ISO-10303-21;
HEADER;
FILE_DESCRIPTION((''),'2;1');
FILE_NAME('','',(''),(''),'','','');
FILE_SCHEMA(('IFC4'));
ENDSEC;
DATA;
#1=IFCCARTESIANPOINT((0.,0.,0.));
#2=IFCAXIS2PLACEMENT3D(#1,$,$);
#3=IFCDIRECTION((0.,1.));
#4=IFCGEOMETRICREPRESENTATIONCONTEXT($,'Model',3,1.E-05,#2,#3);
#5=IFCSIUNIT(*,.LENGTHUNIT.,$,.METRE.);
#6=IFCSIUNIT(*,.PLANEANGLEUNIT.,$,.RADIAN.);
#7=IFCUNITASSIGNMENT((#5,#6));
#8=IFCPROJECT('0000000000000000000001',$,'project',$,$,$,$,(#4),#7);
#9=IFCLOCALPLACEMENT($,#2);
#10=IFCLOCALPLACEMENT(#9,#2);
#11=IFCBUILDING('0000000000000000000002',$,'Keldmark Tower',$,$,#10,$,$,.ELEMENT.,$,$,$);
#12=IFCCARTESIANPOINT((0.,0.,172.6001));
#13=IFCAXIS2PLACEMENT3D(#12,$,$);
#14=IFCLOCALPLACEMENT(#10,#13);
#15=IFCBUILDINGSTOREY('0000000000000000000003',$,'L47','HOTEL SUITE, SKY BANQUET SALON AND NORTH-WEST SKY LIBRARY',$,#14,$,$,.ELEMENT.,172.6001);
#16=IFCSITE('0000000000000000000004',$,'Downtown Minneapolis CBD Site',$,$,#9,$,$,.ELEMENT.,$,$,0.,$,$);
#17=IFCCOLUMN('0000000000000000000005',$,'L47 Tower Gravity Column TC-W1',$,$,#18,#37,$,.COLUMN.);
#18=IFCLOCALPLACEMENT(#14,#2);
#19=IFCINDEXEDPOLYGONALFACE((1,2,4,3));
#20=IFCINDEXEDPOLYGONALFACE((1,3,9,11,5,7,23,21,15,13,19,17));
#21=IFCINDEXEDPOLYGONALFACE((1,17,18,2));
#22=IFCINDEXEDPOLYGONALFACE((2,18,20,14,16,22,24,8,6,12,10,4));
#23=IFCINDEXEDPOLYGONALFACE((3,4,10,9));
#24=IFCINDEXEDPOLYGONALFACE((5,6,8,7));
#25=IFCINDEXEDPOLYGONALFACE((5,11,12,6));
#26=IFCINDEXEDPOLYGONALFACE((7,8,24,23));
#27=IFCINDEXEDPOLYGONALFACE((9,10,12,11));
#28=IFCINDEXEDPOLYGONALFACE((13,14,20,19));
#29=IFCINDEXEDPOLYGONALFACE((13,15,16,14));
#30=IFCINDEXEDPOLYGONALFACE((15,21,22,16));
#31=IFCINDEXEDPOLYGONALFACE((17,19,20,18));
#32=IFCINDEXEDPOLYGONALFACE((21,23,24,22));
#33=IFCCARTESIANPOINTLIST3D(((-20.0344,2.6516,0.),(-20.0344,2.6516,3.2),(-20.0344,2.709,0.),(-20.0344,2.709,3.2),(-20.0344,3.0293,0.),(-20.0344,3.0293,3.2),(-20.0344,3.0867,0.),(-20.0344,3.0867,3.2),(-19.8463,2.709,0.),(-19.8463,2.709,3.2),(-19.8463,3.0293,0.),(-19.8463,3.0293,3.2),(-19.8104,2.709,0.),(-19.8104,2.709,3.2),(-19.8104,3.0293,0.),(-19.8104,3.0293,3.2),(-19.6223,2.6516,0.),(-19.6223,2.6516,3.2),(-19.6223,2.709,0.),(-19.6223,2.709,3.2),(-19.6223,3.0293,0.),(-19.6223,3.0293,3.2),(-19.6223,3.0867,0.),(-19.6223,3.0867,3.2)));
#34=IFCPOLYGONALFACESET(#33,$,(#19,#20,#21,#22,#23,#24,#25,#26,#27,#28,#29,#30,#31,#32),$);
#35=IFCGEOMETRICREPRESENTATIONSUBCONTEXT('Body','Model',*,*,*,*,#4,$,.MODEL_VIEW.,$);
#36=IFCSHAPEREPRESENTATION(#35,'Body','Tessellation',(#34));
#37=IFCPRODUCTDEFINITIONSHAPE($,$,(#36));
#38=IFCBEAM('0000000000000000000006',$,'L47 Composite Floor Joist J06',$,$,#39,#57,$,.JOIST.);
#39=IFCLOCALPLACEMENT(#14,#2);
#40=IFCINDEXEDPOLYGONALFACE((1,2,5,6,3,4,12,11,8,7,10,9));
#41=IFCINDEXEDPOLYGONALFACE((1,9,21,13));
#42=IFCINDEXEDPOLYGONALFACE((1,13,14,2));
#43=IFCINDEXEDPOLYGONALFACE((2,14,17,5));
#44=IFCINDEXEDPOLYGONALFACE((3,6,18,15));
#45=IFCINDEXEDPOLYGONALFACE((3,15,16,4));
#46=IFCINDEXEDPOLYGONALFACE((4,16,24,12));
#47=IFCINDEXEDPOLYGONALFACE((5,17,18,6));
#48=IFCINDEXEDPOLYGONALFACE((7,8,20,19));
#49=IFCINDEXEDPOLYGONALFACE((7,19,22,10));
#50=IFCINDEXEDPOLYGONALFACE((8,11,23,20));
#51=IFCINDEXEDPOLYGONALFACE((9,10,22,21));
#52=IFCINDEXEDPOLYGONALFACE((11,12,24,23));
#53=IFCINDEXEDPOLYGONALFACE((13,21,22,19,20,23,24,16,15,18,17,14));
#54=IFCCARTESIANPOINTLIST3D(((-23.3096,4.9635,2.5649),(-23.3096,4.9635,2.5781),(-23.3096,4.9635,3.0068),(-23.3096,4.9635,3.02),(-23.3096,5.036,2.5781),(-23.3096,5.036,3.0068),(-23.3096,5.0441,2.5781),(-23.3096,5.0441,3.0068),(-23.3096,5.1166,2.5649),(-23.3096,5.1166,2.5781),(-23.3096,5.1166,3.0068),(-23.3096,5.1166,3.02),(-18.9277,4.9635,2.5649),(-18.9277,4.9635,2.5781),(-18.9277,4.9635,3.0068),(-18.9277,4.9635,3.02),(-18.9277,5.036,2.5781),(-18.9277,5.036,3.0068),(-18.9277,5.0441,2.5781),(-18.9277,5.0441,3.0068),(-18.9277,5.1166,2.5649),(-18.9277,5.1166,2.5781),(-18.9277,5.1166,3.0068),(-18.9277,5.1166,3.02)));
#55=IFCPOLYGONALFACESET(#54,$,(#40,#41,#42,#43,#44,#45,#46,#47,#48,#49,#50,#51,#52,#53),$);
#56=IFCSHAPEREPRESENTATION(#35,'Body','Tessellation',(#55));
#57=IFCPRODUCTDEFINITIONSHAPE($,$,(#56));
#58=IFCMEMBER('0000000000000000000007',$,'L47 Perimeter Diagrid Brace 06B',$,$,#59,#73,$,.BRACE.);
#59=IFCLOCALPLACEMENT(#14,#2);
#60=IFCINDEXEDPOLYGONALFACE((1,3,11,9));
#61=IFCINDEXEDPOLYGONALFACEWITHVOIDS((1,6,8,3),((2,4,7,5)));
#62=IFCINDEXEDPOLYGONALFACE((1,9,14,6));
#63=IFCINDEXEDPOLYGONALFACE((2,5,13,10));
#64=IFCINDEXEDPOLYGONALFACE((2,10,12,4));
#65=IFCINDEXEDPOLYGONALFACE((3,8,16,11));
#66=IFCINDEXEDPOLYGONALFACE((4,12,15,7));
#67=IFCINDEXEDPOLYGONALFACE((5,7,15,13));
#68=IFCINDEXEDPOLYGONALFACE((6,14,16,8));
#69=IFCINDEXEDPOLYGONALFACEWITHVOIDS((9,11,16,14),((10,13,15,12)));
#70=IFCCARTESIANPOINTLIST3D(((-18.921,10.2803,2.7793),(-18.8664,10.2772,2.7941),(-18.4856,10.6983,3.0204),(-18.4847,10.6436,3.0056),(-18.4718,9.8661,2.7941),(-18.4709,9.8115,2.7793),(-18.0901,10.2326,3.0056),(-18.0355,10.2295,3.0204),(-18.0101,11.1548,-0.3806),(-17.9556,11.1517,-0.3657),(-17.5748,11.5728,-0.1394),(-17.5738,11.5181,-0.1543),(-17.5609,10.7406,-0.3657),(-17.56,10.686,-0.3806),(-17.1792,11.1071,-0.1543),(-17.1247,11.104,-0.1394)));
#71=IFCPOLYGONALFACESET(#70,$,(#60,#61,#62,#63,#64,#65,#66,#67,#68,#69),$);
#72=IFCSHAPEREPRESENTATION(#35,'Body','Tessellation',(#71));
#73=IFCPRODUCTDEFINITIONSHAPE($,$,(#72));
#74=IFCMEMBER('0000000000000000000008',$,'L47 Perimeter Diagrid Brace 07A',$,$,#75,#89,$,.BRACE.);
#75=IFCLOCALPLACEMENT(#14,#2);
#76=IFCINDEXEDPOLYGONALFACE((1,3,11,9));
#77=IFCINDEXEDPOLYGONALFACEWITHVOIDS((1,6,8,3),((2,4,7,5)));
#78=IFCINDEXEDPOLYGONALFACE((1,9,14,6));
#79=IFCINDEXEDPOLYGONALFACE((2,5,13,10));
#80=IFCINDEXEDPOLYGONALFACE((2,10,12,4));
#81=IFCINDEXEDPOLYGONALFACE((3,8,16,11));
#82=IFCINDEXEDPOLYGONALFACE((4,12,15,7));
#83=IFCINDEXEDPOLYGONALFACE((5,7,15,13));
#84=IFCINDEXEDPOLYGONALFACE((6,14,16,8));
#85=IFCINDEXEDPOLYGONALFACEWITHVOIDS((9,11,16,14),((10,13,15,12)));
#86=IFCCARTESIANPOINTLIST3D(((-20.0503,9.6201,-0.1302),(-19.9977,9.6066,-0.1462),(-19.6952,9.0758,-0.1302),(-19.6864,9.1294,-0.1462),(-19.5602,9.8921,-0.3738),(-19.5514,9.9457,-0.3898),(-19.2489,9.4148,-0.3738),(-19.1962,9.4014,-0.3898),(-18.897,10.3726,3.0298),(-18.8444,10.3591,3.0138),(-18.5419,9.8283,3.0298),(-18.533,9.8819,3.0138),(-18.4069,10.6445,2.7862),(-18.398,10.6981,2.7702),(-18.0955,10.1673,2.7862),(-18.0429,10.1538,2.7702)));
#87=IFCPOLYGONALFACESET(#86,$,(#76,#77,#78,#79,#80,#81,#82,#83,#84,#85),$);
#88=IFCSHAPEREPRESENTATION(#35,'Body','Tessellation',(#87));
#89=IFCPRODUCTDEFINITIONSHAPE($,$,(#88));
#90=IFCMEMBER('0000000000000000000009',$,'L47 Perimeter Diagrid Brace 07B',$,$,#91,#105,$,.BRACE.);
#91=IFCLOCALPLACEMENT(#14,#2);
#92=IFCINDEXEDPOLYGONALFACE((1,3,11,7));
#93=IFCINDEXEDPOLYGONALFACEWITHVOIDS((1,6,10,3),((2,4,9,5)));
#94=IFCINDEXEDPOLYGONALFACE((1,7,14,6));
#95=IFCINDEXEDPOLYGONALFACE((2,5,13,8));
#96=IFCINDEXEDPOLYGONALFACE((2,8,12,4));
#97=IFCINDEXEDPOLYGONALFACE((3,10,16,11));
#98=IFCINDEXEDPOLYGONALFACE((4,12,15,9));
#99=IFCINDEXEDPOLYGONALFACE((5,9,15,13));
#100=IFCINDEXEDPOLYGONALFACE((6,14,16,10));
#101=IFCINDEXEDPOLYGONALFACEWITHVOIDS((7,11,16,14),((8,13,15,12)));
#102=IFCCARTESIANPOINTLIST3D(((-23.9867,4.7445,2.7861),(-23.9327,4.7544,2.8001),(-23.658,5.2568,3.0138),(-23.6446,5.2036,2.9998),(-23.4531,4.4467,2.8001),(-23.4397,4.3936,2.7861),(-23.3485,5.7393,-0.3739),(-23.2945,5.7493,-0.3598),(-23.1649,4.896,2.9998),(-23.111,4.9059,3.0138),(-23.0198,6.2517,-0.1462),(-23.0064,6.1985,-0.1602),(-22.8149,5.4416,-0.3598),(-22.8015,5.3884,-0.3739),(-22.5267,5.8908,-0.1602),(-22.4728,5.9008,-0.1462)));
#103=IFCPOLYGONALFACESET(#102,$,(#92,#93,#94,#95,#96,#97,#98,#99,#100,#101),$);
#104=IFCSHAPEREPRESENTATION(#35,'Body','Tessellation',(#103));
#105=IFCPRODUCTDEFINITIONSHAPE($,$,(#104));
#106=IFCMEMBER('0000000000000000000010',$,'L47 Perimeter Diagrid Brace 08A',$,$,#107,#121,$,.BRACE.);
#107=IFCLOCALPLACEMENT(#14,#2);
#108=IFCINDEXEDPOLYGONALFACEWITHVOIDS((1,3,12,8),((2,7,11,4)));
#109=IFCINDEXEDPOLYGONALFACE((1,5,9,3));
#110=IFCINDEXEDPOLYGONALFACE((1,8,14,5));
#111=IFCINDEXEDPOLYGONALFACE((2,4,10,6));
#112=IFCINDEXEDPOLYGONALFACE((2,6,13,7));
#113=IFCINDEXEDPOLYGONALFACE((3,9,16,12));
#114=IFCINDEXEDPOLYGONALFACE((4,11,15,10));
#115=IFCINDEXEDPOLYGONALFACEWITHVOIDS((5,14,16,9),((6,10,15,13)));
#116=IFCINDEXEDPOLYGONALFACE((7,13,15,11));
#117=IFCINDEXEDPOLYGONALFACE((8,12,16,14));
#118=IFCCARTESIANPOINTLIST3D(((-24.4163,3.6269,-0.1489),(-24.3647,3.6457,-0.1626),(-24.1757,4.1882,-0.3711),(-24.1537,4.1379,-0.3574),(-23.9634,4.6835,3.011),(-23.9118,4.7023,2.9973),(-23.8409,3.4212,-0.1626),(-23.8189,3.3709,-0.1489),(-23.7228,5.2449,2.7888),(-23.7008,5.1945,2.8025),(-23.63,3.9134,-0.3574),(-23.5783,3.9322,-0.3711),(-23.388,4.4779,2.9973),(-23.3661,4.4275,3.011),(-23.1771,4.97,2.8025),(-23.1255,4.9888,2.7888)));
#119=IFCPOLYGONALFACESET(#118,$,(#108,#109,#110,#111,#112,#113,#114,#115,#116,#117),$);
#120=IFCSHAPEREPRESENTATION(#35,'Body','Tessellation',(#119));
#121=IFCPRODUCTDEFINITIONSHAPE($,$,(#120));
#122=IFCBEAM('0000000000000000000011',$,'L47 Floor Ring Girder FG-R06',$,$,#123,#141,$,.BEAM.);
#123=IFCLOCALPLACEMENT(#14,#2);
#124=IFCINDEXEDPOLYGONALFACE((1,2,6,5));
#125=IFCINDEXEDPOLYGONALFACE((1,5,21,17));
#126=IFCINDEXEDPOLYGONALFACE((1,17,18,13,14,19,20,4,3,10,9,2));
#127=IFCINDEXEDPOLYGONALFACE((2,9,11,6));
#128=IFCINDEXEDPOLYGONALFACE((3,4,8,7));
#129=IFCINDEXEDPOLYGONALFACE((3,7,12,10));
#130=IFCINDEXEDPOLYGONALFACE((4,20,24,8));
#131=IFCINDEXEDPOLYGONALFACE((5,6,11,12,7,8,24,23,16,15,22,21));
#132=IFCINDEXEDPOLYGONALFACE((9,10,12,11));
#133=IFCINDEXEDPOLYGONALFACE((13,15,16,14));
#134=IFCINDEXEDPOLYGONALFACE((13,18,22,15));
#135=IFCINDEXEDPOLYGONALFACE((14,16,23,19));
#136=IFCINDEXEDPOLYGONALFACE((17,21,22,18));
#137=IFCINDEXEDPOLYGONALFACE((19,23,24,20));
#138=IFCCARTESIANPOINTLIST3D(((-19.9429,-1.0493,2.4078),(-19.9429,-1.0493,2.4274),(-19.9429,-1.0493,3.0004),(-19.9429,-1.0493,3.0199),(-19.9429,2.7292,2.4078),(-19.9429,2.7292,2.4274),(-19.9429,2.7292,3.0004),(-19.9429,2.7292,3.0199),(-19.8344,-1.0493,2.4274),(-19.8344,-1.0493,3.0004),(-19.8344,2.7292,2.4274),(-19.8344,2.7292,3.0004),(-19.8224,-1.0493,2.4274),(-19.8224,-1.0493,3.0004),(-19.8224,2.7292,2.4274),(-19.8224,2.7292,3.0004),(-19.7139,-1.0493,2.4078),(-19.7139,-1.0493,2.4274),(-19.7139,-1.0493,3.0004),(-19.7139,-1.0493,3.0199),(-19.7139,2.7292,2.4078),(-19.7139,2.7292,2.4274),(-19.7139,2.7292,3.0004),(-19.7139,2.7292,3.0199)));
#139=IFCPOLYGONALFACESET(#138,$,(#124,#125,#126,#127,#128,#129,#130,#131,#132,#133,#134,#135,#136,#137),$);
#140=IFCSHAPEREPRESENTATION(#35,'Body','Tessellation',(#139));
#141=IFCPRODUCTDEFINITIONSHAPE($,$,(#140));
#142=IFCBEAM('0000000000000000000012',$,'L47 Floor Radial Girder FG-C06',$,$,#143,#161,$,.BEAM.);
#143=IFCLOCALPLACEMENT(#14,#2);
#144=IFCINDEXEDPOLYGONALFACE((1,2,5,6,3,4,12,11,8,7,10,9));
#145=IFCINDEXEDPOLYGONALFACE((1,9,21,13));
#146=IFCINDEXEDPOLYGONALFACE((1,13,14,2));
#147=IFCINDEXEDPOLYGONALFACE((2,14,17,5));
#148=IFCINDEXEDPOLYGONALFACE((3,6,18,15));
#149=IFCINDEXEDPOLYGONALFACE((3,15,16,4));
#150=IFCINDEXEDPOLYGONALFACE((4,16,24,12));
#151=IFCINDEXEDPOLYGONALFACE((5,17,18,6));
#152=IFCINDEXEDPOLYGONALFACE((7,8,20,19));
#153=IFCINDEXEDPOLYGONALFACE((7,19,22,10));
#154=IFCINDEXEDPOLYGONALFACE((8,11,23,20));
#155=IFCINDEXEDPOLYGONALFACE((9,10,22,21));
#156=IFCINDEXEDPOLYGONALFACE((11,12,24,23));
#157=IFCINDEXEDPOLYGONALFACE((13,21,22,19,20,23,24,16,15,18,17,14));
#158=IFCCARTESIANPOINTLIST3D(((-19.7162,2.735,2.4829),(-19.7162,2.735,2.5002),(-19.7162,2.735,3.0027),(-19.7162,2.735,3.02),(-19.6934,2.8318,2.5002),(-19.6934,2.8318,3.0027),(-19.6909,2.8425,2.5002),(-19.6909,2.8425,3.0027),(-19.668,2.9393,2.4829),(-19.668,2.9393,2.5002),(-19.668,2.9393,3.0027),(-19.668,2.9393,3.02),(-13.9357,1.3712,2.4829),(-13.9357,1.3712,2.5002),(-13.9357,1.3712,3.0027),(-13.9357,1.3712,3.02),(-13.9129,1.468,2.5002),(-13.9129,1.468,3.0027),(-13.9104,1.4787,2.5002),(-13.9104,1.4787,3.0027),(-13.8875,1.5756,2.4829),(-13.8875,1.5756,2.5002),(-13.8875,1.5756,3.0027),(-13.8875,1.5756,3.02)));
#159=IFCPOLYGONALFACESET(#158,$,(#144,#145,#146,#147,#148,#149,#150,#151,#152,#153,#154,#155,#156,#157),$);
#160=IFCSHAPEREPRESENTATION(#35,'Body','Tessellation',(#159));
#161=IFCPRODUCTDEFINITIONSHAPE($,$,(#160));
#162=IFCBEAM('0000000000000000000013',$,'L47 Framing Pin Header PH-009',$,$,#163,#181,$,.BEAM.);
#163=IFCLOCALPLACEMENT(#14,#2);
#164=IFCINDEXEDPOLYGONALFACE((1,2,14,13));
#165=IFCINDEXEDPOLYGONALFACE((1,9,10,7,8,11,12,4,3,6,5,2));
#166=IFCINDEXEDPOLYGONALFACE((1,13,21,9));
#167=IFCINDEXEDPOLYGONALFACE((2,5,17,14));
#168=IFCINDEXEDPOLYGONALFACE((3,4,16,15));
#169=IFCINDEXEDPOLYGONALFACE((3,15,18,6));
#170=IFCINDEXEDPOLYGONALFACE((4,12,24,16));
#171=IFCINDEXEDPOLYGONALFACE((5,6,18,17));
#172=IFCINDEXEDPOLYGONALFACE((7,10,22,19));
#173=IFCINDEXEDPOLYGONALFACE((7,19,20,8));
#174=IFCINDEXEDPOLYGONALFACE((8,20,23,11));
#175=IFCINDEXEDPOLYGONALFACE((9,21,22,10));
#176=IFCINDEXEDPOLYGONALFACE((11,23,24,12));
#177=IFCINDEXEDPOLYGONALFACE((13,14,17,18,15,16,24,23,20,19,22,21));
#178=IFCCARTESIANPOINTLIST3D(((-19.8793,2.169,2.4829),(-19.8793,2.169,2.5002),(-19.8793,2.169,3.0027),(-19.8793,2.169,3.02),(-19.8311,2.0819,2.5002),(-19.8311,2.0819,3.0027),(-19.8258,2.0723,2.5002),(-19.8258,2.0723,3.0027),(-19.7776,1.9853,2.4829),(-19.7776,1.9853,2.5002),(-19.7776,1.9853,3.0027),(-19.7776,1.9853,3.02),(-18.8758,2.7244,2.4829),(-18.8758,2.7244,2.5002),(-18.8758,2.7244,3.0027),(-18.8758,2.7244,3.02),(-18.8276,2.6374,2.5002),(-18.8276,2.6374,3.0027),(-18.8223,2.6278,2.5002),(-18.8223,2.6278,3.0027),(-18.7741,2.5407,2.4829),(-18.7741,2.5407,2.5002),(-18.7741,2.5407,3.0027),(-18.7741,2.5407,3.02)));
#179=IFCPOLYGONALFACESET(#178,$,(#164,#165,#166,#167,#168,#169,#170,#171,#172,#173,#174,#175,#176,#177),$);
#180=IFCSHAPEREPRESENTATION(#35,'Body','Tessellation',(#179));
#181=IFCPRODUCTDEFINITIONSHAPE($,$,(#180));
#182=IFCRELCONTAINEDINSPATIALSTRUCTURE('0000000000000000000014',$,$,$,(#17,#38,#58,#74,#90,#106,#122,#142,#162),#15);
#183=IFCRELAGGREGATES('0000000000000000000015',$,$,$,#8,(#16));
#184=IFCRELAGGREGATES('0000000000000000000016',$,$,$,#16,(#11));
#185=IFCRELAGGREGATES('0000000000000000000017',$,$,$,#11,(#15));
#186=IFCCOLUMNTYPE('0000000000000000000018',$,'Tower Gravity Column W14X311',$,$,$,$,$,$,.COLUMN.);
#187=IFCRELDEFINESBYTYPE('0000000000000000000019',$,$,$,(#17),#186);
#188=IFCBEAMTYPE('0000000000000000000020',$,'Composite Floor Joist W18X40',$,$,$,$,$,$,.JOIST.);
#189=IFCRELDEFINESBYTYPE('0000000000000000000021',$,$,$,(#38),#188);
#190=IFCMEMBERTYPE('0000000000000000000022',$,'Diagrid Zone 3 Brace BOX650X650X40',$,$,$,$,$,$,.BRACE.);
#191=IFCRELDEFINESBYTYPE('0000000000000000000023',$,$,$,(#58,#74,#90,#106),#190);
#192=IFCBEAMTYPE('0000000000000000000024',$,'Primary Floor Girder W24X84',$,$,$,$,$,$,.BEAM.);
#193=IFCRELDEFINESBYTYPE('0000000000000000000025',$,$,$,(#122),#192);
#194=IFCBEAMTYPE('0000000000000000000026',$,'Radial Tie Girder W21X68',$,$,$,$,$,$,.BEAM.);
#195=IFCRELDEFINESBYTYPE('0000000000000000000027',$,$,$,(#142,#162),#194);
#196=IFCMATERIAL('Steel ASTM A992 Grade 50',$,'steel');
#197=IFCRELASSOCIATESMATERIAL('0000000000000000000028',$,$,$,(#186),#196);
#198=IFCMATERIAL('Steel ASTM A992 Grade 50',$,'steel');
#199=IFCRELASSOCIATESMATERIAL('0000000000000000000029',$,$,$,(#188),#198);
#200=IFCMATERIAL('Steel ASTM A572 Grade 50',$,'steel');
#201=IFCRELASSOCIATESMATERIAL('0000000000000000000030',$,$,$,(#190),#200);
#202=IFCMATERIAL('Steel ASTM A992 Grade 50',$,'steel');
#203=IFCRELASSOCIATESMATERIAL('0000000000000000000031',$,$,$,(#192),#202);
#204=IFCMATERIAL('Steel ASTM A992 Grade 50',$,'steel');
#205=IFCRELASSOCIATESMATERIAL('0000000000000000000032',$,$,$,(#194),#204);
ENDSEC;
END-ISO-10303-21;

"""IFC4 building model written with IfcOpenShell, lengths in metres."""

from ifc_helpers import new_model, si_unit, direction, frame, origin, origin_2d, place, context, subcontext, project, spatial, hollow_rectangle, i_section, extrude, material, material_profile, profile_set, type_object, element, save


model = new_model("IFC4")

# Units and contexts
model_context = context("Model", 3, precision=1e-05, world=origin(), true_north=direction((0.0, 1.0)))
body_context = subcontext(model_context, "Body", "Model", "MODEL_VIEW")
ifc_project = project(units=[si_unit("LENGTHUNIT", "METRE"), si_unit("PLANEANGLEUNIT", "RADIAN")], contexts=[model_context])

# Site, building, storey
site_placement = place(None, origin())
site = spatial("IfcSite", under=ifc_project, at=site_placement, Name="Downtown Minneapolis CBD Site", CompositionType="ELEMENT", RefElevation=0.0)
building_placement = place(site_placement, origin())
building = spatial("IfcBuilding", under=site, at=building_placement, Name="Keldmark Tower", CompositionType="ELEMENT")
storey_placement = place(building_placement, frame((0.0, 0.0, 172.6001)))
storey = spatial("IfcBuildingStorey", under=building, at=storey_placement, Name="L47", Description="HOTEL SUITE, SKY BANQUET SALON AND NORTH-WEST SKY LIBRARY", CompositionType="ELEMENT", Elevation=172.6001)

# Column
ifc_material_1 = material(Name="Steel ASTM A992 Grade 50", Category="steel")
ifc_material_profile_1 = material_profile(ifc_material_1, i_section(OverallWidth=0.4121, OverallDepth=0.4351, WebThickness=0.0359, FlangeThickness=0.0574, at=origin_2d()), Name="W14X311")
ifc_profile_set_1 = profile_set([ifc_material_profile_1], Name="Steel ASTM A992 Grade 50")
column_type = type_object("IfcColumnType", Name="Tower Gravity Column W14X311", PredefinedType="COLUMN", material=ifc_profile_set_1)
column_placement = place(storey_placement, frame((-19.8284, 2.8691, 0.0), z_axis=(0.0, 0.0, 1.0), x_axis=(1.0, 0.0, 0.0)))
element("IfcColumn", 1, at=column_placement, inside=storey, type_object=column_type, Name="L47 Tower Gravity Column TC-W1", PredefinedType="COLUMN", context=body_context, shape_type="SweptSolid", body=[
    extrude(i_section(OverallWidth=0.4121, OverallDepth=0.4351, WebThickness=0.0359, FlangeThickness=0.0574, at=origin_2d()), origin(), (0.0, 0.0, 1.0), 3.2),
])

# Beam
ifc_material_2 = material(Name="Steel ASTM A992 Grade 50", Category="steel")
ifc_material_profile_2 = material_profile(ifc_material_2, i_section(OverallWidth=0.1531, OverallDepth=0.4551, WebThickness=0.0081, FlangeThickness=0.0132, at=origin_2d()), Name="W18X40")
ifc_profile_set_2 = profile_set([ifc_material_profile_2], Name="Steel ASTM A992 Grade 50")
beam_type_1 = type_object("IfcBeamType", Name="Composite Floor Joist W18X40", PredefinedType="JOIST", material=ifc_profile_set_2)
beam_1_placement = place(storey_placement, frame((-23.3096, 5.04, 2.7925), z_axis=(1.0, 0.0, 0.0), x_axis=(0.0, 1.0, 0.0)))
element("IfcBeam", 2, at=beam_1_placement, inside=storey, type_object=beam_type_1, Name="L47 Composite Floor Joist J06", PredefinedType="JOIST", context=body_context, shape_type="SweptSolid", body=[
    extrude(i_section(OverallWidth=0.1531, OverallDepth=0.4551, WebThickness=0.0081, FlangeThickness=0.0132, at=origin_2d()), origin(), (0.0, 0.0, 1.0), 4.3818),
])

# Members
ifc_material_3 = material(Name="Steel ASTM A572 Grade 50", Category="steel")
ifc_material_profile_3 = material_profile(ifc_material_3, hollow_rectangle(XDim=0.6499, YDim=0.6499, WallThickness=0.04, at=origin_2d()), Name="BOX650X650X40")
ifc_profile_set_3 = profile_set([ifc_material_profile_3], Name="Steel ASTM A572 Grade 50")
member_type = type_object("IfcMemberType", Name="Diagrid Zone 3 Brace BOX650X650X40", PredefinedType="BRACE", material=ifc_profile_set_3)
member_1_placement = place(storey_placement, frame((-17.5674, 11.1294, -0.26), z_axis=(-0.267682, -0.256992, 0.928602), x_axis=(0.692556, -0.721364, 0.0)))
element("IfcMember", 3, at=member_1_placement, inside=storey, type_object=member_type, Name="L47 Perimeter Diagrid Brace 06B", PredefinedType="BRACE", context=body_context, shape_type="SweptSolid", body=[
    extrude(hollow_rectangle(XDim=0.6499, YDim=0.6499, WallThickness=0.04, at=origin_2d()), origin(), (0.0, 0.0, 1.0), 3.4028),
])
member_2_placement = place(storey_placement, frame((-19.6233, 9.5107, -0.26), z_axis=(0.334593, 0.218293, 0.916731), x_axis=(-0.546408, 0.837519, 0.0)))
element("IfcMember", 4, at=member_2_placement, inside=storey, type_object=member_type, Name="L47 Perimeter Diagrid Brace 07A", PredefinedType="BRACE", context=body_context, shape_type="SweptSolid", body=[
    extrude(hollow_rectangle(XDim=0.6499, YDim=0.6499, WallThickness=0.04, at=origin_2d()), origin(), (0.0, 0.0, 1.0), 3.447),
])
member_3_placement = place(storey_placement, frame((-22.9106, 5.8201, -0.26), z_axis=(-0.189162, -0.294888, 0.936621), x_axis=(0.841708, -0.539933, 0.0)))
element("IfcMember", 5, at=member_3_placement, inside=storey, type_object=member_type, Name="L47 Perimeter Diagrid Brace 07B", PredefinedType="BRACE", context=body_context, shape_type="SweptSolid", body=[
    extrude(hollow_rectangle(XDim=0.6499, YDim=0.6499, WallThickness=0.04, at=origin_2d()), origin(), (0.0, 0.0, 1.0), 3.3738),
])
member_4_placement = place(storey_placement, frame((-23.9973, 3.7795, -0.26), z_axis=(0.134684, 0.314239, 0.939741), x_axis=(-0.919134, 0.393945, 0.0)))
element("IfcMember", 6, at=member_4_placement, inside=storey, type_object=member_type, Name="L47 Perimeter Diagrid Brace 08A", PredefinedType="BRACE", context=body_context, shape_type="SweptSolid", body=[
    extrude(hollow_rectangle(XDim=0.6499, YDim=0.6499, WallThickness=0.04, at=origin_2d()), origin(), (0.0, 0.0, 1.0), 3.3625),
])

# Beams
ifc_material_4 = material(Name="Steel ASTM A992 Grade 50", Category="steel")
ifc_material_profile_4 = material_profile(ifc_material_4, i_section(OverallWidth=0.229, OverallDepth=0.6121, WebThickness=0.012, FlangeThickness=0.0195, at=origin_2d()), Name="W24X84")
ifc_profile_set_4 = profile_set([ifc_material_profile_4], Name="Steel ASTM A992 Grade 50")
beam_type_2 = type_object("IfcBeamType", Name="Primary Floor Girder W24X84", PredefinedType="BEAM", material=ifc_profile_set_4)
beam_2_placement = place(storey_placement, frame((-19.8284, 2.7292, 2.7139), z_axis=(0.0, -1.0, 0.0), x_axis=(1.0, 0.0, 0.0)))
element("IfcBeam", 7, at=beam_2_placement, inside=storey, type_object=beam_type_2, Name="L47 Floor Ring Girder FG-R06", PredefinedType="BEAM", context=body_context, shape_type="SweptSolid", body=[
    extrude(i_section(OverallWidth=0.229, OverallDepth=0.6121, WebThickness=0.012, FlangeThickness=0.0195, at=origin_2d()), origin(), (0.0, 0.0, 1.0), 3.7786),
])
ifc_material_5 = material(Name="Steel ASTM A992 Grade 50", Category="steel")
ifc_material_profile_5 = material_profile(ifc_material_5, i_section(OverallWidth=0.21, OverallDepth=0.5371, WebThickness=0.011, FlangeThickness=0.0173, at=origin_2d()), Name="W21X68")
ifc_profile_set_5 = profile_set([ifc_material_profile_5], Name="Steel ASTM A992 Grade 50")
beam_type_3 = type_object("IfcBeamType", Name="Radial Tie Girder W21X68", PredefinedType="BEAM", material=ifc_profile_set_5)
beam_3_placement = place(storey_placement, frame((-19.6921, 2.8372, 2.7515), z_axis=(0.97328, -0.229621, 0.0), x_axis=(0.229621, 0.97328, 0.0)))
element("IfcBeam", 8, at=beam_3_placement, inside=storey, type_object=beam_type_3, Name="L47 Floor Radial Girder FG-C06", PredefinedType="BEAM", context=body_context, shape_type="SweptSolid", body=[
    extrude(i_section(OverallWidth=0.21, OverallDepth=0.5371, WebThickness=0.011, FlangeThickness=0.0173, at=origin_2d()), origin(), (0.0, 0.0, 1.0), 5.9392),
])
beam_4_placement = place(storey_placement, frame((-18.825, 2.6326, 2.7515), z_axis=(-0.874909, -0.484287, 0.0), x_axis=(0.484287, -0.874909, 0.0)))
element("IfcBeam", 9, at=beam_4_placement, inside=storey, type_object=beam_type_3, Name="L47 Framing Pin Header PH-009", PredefinedType="BEAM", context=body_context, shape_type="SweptSolid", body=[
    extrude(i_section(OverallWidth=0.21, OverallDepth=0.5371, WebThickness=0.011, FlangeThickness=0.0173, at=origin_2d()), origin(), (0.0, 0.0, 1.0), 1.147),
])

save(model, "model.ifc")
